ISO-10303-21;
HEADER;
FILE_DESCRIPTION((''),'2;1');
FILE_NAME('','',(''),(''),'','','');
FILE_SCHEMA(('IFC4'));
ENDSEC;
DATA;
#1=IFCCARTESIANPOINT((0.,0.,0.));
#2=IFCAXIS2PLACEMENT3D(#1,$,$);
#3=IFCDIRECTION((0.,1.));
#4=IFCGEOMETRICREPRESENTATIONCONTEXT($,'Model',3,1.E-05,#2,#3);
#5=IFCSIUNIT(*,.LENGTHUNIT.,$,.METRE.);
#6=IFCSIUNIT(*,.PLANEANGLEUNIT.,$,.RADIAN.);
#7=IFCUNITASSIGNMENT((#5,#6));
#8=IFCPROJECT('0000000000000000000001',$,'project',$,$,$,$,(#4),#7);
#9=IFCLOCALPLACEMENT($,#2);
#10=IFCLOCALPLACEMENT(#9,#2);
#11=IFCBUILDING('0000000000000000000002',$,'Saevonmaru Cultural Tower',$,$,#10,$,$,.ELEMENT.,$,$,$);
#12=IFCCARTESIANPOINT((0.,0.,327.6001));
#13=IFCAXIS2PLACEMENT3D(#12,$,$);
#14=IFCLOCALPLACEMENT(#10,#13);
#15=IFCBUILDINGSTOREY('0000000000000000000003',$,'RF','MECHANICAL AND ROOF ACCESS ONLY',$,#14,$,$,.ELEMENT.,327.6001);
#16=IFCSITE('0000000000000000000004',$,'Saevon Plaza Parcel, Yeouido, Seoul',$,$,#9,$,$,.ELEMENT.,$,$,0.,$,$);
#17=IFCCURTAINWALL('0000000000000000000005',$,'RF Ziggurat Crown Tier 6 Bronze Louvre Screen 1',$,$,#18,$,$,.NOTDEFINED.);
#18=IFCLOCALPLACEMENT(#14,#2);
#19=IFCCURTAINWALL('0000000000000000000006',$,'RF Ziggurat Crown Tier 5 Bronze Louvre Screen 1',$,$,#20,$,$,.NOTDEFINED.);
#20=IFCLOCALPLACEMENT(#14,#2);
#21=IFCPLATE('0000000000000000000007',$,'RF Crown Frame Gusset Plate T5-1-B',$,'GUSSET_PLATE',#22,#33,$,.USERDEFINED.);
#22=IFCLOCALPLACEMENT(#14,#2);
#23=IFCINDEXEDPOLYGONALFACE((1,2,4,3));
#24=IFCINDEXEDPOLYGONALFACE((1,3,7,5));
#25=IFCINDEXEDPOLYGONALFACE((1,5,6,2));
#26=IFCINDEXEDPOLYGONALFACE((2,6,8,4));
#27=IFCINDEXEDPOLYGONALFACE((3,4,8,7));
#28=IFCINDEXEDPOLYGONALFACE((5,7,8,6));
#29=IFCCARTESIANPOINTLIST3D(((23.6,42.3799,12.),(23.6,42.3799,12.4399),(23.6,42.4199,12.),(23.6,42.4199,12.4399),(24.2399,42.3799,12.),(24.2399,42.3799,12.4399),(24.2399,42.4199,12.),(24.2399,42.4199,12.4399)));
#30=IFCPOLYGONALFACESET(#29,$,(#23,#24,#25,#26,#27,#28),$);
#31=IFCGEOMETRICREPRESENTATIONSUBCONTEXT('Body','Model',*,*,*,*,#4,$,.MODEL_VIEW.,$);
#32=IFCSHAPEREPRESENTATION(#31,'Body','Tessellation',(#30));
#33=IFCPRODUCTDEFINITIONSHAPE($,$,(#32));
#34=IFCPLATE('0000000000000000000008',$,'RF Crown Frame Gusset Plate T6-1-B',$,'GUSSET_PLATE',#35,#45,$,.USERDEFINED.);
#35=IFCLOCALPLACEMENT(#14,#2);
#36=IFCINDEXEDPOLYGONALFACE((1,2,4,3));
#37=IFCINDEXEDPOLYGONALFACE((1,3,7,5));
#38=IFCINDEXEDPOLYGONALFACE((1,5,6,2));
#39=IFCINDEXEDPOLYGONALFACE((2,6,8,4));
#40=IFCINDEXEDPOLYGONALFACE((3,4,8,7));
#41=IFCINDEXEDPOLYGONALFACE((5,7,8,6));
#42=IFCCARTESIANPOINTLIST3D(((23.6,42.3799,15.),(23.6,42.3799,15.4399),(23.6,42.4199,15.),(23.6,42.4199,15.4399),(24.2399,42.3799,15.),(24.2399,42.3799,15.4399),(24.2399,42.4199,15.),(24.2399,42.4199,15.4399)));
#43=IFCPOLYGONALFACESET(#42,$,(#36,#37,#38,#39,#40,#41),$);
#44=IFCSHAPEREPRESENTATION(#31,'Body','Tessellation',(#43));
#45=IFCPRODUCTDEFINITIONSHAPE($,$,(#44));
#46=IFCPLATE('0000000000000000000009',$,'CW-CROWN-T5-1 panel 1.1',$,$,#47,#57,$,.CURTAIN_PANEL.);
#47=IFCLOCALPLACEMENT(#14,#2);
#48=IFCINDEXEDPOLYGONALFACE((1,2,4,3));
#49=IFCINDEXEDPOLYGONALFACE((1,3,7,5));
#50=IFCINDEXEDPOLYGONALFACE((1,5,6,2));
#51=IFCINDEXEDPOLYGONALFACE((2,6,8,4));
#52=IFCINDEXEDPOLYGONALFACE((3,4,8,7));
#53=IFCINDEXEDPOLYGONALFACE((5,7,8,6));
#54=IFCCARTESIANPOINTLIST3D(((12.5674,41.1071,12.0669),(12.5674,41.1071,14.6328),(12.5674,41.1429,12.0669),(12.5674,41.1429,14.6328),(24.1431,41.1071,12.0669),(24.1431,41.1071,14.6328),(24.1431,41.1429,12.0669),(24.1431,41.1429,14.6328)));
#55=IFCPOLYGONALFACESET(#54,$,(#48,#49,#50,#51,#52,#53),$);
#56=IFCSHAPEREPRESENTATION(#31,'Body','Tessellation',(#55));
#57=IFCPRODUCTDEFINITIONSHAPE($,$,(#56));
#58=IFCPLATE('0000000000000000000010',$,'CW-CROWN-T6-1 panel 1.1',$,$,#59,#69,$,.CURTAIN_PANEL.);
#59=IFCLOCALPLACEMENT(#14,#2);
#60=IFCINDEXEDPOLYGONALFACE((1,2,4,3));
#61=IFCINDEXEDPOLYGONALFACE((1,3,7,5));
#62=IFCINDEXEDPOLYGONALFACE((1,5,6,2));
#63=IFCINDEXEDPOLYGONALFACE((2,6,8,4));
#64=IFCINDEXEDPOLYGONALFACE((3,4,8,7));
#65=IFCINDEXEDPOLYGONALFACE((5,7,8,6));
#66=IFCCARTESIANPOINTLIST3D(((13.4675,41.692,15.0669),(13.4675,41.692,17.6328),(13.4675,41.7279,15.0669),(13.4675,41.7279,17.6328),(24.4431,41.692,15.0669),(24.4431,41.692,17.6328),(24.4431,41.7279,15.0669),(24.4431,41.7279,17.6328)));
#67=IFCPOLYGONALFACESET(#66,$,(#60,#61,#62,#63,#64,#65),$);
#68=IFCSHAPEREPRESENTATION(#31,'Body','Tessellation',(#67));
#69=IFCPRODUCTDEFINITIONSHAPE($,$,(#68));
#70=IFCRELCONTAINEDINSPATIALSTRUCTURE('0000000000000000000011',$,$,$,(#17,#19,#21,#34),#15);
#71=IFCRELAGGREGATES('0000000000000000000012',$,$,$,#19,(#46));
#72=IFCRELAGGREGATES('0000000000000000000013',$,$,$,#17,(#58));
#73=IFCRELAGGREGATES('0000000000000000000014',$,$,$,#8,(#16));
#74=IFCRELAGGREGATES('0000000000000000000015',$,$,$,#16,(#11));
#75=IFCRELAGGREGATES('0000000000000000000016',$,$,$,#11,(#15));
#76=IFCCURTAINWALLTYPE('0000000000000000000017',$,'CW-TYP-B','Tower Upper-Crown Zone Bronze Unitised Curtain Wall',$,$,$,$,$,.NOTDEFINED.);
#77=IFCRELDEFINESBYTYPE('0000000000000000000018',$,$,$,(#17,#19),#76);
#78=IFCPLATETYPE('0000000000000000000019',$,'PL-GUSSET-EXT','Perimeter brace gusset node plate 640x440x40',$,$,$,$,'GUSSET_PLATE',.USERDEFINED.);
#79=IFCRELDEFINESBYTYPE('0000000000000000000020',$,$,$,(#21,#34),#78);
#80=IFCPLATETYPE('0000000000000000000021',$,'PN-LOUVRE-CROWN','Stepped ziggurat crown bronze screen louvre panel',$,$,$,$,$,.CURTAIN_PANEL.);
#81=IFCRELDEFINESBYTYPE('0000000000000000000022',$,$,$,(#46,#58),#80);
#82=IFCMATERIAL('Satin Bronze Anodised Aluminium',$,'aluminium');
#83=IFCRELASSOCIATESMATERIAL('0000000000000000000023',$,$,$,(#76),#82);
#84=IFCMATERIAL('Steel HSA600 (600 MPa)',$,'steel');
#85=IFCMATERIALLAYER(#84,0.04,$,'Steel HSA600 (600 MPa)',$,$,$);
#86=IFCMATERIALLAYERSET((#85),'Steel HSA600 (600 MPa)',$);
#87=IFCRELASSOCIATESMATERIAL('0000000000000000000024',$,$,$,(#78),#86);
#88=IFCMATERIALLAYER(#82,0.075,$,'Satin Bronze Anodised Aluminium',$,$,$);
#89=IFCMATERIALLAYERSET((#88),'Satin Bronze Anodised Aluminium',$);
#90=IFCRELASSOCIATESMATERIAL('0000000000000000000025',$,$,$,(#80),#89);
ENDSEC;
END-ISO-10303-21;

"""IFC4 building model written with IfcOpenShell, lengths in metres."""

from ifc_helpers import new_model, si_unit, direction, frame, origin, origin_2d, place, context, subcontext, project, spatial, rectangle, extrude, material, layer, layer_set, type_object, element, aggregate, save


model = new_model("IFC4")

# Units and contexts
model_context = context("Model", 3, precision=1e-05, world=origin(), true_north=direction((0.0, 1.0)))
body_context = subcontext(model_context, "Body", "Model", "MODEL_VIEW")
ifc_project = project(units=[si_unit("LENGTHUNIT", "METRE"), si_unit("PLANEANGLEUNIT", "RADIAN")], contexts=[model_context])

# Site, building, storey
site_placement = place(None, origin())
site = spatial("IfcSite", under=ifc_project, at=site_placement, Name="Saevon Plaza Parcel, Yeouido, Seoul", CompositionType="ELEMENT", RefElevation=0.0)
building_placement = place(site_placement, origin())
building = spatial("IfcBuilding", under=site, at=building_placement, Name="Saevonmaru Cultural Tower", CompositionType="ELEMENT")
storey_placement = place(building_placement, frame((0.0, 0.0, 327.6001)))
storey = spatial("IfcBuildingStorey", under=building, at=storey_placement, Name="RF", Description="MECHANICAL AND ROOF ACCESS ONLY", CompositionType="ELEMENT", Elevation=327.6001)

# Shared definitions
ifc_material_1 = material(Name="Satin Bronze Anodised Aluminium", Category="aluminium")
curtain_wall_type = type_object("IfcCurtainWallType", Name="CW-TYP-B", Description="Tower Upper-Crown Zone Bronze Unitised Curtain Wall", PredefinedType="NOTDEFINED", material=ifc_material_1)

# Curtain wall
curtain_wall_1_placement = place(storey_placement, origin())
curtain_wall_1 = element("IfcCurtainWall", 1, at=curtain_wall_1_placement, inside=storey, type_object=curtain_wall_type, Name="RF Ziggurat Crown Tier 6 Bronze Louvre Screen 1", PredefinedType="NOTDEFINED")

# Curtain wall
curtain_wall_2_placement = place(storey_placement, origin())
curtain_wall_2 = element("IfcCurtainWall", 2, at=curtain_wall_2_placement, inside=storey, type_object=curtain_wall_type, Name="RF Ziggurat Crown Tier 5 Bronze Louvre Screen 1", PredefinedType="NOTDEFINED")

# Plates
ifc_material_2 = material(Name="Steel HSA600 (600 MPa)", Category="steel")
ifc_layer_1 = layer(ifc_material_2, 0.04, Name="Steel HSA600 (600 MPa)")
ifc_layer_set_1 = layer_set([ifc_layer_1], Name="Steel HSA600 (600 MPa)")
plate_type_1 = type_object("IfcPlateType", Name="PL-GUSSET-EXT", Description="Perimeter brace gusset node plate 640x440x40", ElementType="GUSSET_PLATE", PredefinedType="USERDEFINED", material=ifc_layer_set_1)
for number, where, z_axis, x_axis, name in (
    (3, (23.9199, 42.3999, 12.0), (0.0, 0.0, 1.0), (1.0, 0.0, 0.0), "RF Crown Frame Gusset Plate T5-1-B"),
    (4, (23.9199, 42.3999, 15.0), (0.0, 0.0, 1.0), (1.0, 0.0, 0.0), "RF Crown Frame Gusset Plate T6-1-B"),
):
    element("IfcPlate", number, at=place(storey_placement, frame(where, z_axis=z_axis, x_axis=x_axis)), inside=storey, type_object=plate_type_1, Name=name, ObjectType="GUSSET_PLATE", PredefinedType="USERDEFINED", context=body_context, shape_type="SweptSolid", body=[
        extrude(rectangle(XDim=0.6399, YDim=0.04, at=origin_2d()), origin(), (0.0, 0.0, 1.0), 0.4399),
    ])

# Plates
ifc_layer_2 = layer(ifc_material_1, 0.075, Name="Satin Bronze Anodised Aluminium")
ifc_layer_set_2 = layer_set([ifc_layer_2], Name="Satin Bronze Anodised Aluminium")
plate_type_2 = type_object("IfcPlateType", Name="PN-LOUVRE-CROWN", Description="Stepped ziggurat crown bronze screen louvre panel", PredefinedType="CURTAIN_PANEL", material=ifc_layer_set_2)
plate_1_placement = place(storey_placement, frame((18.3552, 41.125, 12.0669), z_axis=(0.0, 0.0, 1.0), x_axis=(1.0, 0.0, 0.0)))
plate_1 = element("IfcPlate", 5, at=plate_1_placement, type_object=plate_type_2, Name="CW-CROWN-T5-1 panel 1.1", PredefinedType="CURTAIN_PANEL", context=body_context, shape_type="SweptSolid", body=[
    extrude(rectangle(XDim=11.5757, YDim=0.0359, at=origin_2d()), origin(), (0.0, 0.0, 1.0), 2.5659),
])
aggregate(curtain_wall_2, [plate_1])
plate_2_placement = place(storey_placement, frame((18.9553, 41.71, 15.0669), z_axis=(0.0, 0.0, 1.0), x_axis=(1.0, 0.0, 0.0)))
plate_2 = element("IfcPlate", 6, at=plate_2_placement, type_object=plate_type_2, Name="CW-CROWN-T6-1 panel 1.1", PredefinedType="CURTAIN_PANEL", context=body_context, shape_type="SweptSolid", body=[
    extrude(rectangle(XDim=10.9756, YDim=0.0359, at=origin_2d()), origin(), (0.0, 0.0, 1.0), 2.5659),
])
aggregate(curtain_wall_1, [plate_2])

save(model, "model.ifc")
